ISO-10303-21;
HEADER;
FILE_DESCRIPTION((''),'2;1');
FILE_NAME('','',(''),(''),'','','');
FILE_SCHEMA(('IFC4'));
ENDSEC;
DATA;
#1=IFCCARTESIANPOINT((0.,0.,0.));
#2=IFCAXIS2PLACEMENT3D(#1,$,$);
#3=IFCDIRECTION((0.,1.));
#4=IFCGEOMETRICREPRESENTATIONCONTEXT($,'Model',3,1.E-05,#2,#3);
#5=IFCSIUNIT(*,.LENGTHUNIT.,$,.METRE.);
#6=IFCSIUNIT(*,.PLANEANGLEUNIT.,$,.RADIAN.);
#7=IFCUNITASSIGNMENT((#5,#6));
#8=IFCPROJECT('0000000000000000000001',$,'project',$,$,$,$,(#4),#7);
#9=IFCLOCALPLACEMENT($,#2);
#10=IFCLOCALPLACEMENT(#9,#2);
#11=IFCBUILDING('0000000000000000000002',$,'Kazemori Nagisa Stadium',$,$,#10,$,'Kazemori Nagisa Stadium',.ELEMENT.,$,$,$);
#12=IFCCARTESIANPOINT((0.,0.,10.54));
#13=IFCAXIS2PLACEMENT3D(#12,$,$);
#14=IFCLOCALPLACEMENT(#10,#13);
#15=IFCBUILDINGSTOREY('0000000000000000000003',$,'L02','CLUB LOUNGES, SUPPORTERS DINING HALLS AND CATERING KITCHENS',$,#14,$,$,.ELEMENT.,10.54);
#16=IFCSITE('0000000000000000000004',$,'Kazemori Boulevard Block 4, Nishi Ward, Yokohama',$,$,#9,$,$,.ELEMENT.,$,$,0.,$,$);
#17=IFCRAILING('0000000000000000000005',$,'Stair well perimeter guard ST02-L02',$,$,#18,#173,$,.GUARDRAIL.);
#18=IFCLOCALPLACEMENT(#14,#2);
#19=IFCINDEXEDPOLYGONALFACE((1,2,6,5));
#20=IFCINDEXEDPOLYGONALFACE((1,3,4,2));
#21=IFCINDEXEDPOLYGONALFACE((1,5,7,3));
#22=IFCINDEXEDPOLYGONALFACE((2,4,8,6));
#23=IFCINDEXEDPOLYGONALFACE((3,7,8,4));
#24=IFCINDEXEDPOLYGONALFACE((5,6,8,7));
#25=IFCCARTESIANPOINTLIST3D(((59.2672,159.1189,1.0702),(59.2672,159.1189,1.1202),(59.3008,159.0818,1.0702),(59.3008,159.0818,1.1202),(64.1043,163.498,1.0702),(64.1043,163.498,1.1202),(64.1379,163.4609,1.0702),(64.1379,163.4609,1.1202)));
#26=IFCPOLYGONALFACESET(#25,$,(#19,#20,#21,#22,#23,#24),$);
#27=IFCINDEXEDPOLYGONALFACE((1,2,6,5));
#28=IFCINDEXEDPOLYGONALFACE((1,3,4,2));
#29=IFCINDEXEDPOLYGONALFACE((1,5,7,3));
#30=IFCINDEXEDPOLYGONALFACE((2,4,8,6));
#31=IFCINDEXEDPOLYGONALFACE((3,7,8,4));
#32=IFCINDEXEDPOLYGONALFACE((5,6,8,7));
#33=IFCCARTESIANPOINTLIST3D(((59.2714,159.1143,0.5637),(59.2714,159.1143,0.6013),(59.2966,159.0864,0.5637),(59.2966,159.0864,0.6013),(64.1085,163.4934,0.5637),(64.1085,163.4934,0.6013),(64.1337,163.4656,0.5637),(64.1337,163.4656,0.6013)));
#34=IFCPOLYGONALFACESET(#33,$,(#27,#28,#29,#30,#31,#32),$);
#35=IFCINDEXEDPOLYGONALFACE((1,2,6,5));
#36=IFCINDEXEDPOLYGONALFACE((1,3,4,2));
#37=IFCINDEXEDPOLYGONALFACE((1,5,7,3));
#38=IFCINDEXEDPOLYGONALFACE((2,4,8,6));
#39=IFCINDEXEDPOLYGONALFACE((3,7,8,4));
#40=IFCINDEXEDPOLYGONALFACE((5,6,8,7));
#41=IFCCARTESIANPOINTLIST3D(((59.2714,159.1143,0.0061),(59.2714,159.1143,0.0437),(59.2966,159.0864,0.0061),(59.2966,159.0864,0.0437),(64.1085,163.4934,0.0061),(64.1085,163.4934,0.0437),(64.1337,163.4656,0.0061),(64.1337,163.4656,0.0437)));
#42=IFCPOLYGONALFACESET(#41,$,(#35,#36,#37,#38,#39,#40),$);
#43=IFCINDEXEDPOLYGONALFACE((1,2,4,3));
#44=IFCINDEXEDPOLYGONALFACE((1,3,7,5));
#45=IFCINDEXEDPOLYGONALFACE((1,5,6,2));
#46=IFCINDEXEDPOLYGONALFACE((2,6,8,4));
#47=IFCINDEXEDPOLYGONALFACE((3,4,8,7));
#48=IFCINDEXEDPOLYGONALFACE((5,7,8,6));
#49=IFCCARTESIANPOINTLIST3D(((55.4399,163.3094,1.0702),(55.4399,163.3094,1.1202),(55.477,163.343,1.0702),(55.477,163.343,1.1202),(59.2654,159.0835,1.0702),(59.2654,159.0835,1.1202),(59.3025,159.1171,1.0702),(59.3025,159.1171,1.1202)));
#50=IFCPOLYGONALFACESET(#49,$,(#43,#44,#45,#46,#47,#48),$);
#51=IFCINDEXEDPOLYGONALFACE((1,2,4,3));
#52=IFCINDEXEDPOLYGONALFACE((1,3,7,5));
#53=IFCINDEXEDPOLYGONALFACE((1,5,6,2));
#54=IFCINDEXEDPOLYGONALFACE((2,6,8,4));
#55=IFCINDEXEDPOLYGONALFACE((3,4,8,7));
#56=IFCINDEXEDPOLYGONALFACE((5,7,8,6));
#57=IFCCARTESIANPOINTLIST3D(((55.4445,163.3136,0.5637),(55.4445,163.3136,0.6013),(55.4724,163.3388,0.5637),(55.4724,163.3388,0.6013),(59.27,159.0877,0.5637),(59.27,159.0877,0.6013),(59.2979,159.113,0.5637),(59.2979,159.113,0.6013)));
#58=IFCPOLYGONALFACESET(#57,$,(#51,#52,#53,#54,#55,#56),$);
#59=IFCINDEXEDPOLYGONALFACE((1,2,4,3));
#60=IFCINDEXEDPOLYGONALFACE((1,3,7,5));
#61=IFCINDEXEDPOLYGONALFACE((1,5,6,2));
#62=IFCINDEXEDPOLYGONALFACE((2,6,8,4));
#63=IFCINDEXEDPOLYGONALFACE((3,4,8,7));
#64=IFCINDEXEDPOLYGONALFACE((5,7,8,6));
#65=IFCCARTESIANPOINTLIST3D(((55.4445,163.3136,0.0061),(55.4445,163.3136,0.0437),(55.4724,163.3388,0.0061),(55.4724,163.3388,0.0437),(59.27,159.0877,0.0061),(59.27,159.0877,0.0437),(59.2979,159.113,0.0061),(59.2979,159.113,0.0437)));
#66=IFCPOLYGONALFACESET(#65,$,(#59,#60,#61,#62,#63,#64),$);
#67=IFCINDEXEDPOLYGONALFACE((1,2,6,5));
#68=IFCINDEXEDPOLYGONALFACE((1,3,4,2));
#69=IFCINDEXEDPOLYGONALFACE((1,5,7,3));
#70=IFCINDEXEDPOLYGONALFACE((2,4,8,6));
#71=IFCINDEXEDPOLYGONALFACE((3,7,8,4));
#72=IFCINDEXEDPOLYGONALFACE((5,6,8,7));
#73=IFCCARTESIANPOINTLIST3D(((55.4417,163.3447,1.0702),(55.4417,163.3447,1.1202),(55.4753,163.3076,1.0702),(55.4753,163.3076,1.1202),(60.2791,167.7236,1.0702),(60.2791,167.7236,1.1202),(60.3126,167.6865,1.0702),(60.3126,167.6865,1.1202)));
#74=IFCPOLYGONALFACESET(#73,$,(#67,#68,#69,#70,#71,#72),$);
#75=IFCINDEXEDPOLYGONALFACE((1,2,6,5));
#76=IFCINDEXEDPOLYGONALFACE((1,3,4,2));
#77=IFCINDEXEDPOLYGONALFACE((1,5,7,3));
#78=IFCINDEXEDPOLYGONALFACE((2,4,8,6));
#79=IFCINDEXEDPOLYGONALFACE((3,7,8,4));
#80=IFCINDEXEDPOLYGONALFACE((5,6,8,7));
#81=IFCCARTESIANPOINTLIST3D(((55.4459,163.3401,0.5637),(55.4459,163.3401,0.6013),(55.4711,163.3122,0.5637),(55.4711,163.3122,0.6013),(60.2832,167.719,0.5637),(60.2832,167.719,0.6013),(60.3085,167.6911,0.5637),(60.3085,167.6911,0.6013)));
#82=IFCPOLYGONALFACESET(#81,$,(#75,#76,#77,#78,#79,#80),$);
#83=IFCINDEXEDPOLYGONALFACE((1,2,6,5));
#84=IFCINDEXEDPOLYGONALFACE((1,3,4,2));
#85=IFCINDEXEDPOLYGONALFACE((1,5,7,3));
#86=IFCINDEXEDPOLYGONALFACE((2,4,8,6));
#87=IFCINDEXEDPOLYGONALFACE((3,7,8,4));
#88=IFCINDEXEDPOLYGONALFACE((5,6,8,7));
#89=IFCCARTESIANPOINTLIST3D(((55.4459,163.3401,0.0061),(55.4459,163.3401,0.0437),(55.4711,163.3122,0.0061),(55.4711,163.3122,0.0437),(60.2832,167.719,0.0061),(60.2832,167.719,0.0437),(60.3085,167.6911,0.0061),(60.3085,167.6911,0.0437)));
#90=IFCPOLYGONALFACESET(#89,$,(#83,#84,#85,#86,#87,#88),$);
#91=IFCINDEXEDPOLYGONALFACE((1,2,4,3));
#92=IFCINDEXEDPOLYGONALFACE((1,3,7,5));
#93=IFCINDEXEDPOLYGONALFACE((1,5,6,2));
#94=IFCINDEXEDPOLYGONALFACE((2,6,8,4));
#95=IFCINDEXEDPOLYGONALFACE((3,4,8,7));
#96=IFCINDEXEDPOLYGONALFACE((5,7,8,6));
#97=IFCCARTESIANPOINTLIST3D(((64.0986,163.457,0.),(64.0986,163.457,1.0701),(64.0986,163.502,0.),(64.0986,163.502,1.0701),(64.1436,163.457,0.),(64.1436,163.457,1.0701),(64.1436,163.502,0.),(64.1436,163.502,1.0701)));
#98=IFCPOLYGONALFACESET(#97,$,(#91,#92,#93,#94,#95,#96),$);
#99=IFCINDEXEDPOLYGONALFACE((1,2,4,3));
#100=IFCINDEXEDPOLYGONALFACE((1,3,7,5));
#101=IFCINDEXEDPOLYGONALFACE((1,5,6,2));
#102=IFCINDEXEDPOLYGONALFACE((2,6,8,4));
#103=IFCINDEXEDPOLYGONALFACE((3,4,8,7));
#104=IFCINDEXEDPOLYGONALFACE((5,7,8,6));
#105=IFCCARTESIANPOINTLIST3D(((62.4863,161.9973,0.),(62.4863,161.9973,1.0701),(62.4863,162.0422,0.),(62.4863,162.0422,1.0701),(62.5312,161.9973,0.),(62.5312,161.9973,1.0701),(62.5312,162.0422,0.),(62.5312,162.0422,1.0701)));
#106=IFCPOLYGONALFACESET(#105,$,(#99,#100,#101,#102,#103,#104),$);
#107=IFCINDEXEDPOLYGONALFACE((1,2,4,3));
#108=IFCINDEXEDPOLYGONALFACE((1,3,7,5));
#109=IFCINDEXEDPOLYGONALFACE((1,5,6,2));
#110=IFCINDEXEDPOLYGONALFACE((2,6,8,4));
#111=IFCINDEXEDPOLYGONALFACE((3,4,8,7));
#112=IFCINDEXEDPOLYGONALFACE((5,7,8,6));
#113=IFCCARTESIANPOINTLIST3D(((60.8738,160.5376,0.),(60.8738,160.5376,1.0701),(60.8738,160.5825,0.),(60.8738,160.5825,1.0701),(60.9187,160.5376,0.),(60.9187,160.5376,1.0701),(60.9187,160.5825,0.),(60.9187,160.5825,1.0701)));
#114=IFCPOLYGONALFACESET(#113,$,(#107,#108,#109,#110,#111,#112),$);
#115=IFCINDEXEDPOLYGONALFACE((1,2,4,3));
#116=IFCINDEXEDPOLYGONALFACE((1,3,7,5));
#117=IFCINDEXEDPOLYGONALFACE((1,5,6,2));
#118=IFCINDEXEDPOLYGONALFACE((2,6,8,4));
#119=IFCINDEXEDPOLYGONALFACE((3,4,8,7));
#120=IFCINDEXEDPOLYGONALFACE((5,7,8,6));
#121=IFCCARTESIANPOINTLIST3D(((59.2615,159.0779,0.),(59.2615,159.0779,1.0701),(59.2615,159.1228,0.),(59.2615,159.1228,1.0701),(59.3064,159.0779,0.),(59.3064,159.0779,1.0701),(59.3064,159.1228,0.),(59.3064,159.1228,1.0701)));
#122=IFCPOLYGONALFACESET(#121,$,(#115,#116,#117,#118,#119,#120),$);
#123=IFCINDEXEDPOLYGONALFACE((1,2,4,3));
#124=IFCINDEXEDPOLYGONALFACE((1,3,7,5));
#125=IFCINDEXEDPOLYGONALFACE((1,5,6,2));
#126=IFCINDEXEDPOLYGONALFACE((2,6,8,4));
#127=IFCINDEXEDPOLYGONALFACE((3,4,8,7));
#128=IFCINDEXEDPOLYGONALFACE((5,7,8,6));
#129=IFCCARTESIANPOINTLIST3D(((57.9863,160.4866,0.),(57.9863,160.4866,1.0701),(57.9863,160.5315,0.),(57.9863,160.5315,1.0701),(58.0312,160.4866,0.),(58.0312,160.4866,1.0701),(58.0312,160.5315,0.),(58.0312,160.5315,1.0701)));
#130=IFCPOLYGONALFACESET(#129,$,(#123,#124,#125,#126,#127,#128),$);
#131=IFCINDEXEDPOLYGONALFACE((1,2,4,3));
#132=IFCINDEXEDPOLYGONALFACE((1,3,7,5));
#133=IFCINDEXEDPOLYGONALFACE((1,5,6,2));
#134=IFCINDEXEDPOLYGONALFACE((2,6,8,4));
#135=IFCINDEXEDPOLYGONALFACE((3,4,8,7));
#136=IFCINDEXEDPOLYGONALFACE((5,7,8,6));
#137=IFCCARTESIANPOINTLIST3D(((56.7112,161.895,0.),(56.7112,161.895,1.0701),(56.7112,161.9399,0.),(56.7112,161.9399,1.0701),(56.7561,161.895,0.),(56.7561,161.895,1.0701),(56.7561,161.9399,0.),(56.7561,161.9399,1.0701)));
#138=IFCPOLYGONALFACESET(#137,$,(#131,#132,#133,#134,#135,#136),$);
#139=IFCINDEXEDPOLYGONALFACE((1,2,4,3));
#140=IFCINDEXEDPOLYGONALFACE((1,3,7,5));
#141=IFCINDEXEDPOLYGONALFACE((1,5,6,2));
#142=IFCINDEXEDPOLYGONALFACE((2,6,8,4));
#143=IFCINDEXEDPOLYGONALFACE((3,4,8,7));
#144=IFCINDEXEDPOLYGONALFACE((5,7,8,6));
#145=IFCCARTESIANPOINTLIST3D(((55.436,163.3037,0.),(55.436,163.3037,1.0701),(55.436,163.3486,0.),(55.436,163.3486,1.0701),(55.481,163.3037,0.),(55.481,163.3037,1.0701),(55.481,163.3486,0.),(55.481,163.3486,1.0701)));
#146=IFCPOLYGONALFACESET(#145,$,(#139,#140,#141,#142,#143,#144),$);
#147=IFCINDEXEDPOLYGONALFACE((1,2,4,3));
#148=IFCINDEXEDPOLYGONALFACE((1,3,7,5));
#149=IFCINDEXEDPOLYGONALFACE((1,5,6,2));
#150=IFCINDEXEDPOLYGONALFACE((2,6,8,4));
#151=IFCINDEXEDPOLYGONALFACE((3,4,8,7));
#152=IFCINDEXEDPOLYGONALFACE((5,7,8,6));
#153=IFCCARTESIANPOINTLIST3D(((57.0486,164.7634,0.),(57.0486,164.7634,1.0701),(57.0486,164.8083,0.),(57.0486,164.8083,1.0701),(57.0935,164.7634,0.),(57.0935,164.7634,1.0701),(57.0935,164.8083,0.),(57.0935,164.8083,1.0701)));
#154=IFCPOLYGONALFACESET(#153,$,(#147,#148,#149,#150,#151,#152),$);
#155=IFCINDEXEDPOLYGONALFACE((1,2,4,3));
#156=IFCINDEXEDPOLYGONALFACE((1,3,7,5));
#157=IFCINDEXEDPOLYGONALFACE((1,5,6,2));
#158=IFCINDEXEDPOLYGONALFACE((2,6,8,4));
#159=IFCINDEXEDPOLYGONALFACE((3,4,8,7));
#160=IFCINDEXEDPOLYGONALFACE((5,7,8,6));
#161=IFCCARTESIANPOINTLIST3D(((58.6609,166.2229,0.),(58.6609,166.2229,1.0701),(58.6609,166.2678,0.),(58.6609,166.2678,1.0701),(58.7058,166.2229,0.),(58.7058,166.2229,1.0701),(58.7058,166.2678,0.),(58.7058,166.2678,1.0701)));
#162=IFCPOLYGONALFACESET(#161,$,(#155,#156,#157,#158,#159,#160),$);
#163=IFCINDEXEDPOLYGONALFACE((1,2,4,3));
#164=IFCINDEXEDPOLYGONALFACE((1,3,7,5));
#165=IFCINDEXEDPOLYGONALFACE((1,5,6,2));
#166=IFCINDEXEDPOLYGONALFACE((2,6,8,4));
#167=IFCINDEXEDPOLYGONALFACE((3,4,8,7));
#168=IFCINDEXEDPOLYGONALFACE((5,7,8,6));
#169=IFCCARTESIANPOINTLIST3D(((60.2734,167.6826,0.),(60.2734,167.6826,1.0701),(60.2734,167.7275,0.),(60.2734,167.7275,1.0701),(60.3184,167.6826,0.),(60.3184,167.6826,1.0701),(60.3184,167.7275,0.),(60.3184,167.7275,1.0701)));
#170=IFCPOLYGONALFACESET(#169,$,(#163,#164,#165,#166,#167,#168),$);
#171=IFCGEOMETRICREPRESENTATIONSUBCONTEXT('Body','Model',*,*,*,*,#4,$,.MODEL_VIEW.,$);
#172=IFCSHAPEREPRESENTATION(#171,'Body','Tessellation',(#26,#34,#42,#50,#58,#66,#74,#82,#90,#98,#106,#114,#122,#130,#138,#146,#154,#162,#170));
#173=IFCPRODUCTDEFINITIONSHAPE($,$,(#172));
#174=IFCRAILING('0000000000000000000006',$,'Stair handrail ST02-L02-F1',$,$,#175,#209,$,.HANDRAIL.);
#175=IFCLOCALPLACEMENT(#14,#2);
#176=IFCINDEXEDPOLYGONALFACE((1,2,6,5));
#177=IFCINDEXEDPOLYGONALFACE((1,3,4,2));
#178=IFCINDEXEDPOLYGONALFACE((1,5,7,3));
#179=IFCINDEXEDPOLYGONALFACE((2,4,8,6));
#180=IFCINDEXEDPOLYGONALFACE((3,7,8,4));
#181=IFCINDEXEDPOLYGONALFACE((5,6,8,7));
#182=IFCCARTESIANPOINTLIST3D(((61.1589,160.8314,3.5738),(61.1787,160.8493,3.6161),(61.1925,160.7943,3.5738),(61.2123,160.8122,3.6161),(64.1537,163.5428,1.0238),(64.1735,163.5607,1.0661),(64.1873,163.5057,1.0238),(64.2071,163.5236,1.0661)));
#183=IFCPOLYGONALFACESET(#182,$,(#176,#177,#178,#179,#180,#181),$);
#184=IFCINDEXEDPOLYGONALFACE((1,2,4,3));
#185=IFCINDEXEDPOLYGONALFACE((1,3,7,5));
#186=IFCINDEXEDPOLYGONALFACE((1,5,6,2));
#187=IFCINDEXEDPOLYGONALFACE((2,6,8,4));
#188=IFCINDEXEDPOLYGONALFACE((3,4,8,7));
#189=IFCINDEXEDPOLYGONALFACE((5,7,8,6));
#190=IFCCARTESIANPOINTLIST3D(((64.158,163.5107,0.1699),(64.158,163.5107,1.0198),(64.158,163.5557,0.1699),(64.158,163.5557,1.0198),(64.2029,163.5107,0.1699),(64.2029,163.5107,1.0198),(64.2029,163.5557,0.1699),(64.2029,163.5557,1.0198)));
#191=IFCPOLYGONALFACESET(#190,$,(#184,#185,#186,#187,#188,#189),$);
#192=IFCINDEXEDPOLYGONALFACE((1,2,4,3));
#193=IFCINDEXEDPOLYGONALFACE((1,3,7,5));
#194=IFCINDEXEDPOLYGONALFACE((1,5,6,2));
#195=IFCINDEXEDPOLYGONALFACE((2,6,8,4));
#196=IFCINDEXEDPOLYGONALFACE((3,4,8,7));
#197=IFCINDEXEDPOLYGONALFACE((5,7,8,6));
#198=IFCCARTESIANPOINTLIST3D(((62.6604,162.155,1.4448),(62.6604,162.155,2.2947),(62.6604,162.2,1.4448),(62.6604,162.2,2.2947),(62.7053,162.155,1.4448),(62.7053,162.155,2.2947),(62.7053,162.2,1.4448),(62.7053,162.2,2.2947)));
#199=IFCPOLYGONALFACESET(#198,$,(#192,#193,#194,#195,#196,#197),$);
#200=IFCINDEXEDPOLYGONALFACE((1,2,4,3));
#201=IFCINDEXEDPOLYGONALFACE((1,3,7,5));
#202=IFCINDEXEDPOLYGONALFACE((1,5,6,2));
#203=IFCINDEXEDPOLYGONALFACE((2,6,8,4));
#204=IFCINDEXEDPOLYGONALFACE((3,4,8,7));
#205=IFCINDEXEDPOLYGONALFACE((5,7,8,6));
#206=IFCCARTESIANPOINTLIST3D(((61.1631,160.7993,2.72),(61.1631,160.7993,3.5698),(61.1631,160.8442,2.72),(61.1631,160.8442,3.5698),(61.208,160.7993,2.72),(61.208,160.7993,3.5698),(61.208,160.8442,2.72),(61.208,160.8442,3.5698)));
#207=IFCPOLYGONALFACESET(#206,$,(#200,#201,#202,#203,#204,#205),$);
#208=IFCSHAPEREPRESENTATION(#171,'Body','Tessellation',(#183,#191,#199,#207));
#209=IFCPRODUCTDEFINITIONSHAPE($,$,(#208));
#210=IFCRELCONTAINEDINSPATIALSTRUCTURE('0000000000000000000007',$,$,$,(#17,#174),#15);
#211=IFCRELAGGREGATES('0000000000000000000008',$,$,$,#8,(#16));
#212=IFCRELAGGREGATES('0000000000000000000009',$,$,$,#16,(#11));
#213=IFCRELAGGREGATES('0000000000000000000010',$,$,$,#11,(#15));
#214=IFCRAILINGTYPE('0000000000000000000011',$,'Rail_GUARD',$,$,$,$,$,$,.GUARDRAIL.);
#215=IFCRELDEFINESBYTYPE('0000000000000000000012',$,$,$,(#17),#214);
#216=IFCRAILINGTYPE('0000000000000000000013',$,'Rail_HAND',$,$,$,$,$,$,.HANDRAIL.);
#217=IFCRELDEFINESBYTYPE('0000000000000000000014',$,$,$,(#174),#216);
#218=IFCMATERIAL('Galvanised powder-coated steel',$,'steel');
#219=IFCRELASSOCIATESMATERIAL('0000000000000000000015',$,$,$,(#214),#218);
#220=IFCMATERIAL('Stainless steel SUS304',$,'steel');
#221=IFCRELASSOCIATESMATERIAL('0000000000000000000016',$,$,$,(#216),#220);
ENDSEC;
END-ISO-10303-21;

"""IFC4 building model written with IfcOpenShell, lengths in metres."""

from ifc_helpers import new_model, si_unit, direction, frame, origin, origin_2d, place, context, subcontext, project, spatial, rectangle, extrude, material, type_object, element, save


model = new_model("IFC4")

# Units and contexts
model_context = context("Model", 3, precision=1e-05, world=origin(), true_north=direction((0.0, 1.0)))
body_context = subcontext(model_context, "Body", "Model", "MODEL_VIEW")
ifc_project = project(units=[si_unit("LENGTHUNIT", "METRE"), si_unit("PLANEANGLEUNIT", "RADIAN")], contexts=[model_context])

# Site, building, storey
site_placement = place(None, origin())
site = spatial("IfcSite", under=ifc_project, at=site_placement, Name="Kazemori Boulevard Block 4, Nishi Ward, Yokohama", CompositionType="ELEMENT", RefElevation=0.0)
building_placement = place(site_placement, origin())
building = spatial("IfcBuilding", under=site, at=building_placement, Name="Kazemori Nagisa Stadium", LongName="Kazemori Nagisa Stadium", CompositionType="ELEMENT")
storey_placement = place(building_placement, frame((0.0, 0.0, 10.54)))
storey = spatial("IfcBuildingStorey", under=building, at=storey_placement, Name="L02", Description="CLUB LOUNGES, SUPPORTERS DINING HALLS AND CATERING KITCHENS", CompositionType="ELEMENT", Elevation=10.54)

# Railings
ifc_material_1 = material(Name="Galvanised powder-coated steel", Category="steel")
railing_type_1 = type_object("IfcRailingType", Name="Rail_GUARD", PredefinedType="GUARDRAIL", material=ifc_material_1)
railing_1_placement = place(storey_placement, frame((64.1211, 163.4795, 0.0)))
element("IfcRailing", 1, at=railing_1_placement, inside=storey, type_object=railing_type_1, Name="Stair well perimeter guard ST02-L02", PredefinedType="GUARDRAIL", context=body_context, shape_type="SweptSolid", body=[
    extrude(rectangle(XDim=0.05, YDim=0.05, at=origin_2d()), frame((0.0, 0.0, 1.0952), z_axis=(-0.741332, -0.671139, 0.0), x_axis=(0.671139, -0.741332, 0.0)), (0.0, 0.0, 1.0), 6.5249),
    extrude(rectangle(XDim=0.0376, YDim=0.0376, at=origin_2d()), frame((0.0, 0.0, 0.5825), z_axis=(-0.741332, -0.671139, 0.0), x_axis=(0.671139, -0.741332, 0.0)), (0.0, 0.0, 1.0), 6.5249),
    extrude(rectangle(XDim=0.0376, YDim=0.0376, at=origin_2d()), frame((0.0, 0.0, 0.0249), z_axis=(-0.741332, -0.671139, 0.0), x_axis=(0.671139, -0.741332, 0.0)), (0.0, 0.0, 1.0), 6.5249),
    extrude(rectangle(XDim=0.05, YDim=0.05, at=origin_2d()), frame((-4.8372, -4.3792, 1.0952), z_axis=(-0.671113, 0.741355, 0.0), x_axis=(-0.741355, -0.671113, 0.0)), (0.0, 0.0, 1.0), 5.7002),
    extrude(rectangle(XDim=0.0376, YDim=0.0376, at=origin_2d()), frame((-4.8372, -4.3792, 0.5825), z_axis=(-0.671113, 0.741355, 0.0), x_axis=(-0.741355, -0.671113, 0.0)), (0.0, 0.0, 1.0), 5.7002),
    extrude(rectangle(XDim=0.0376, YDim=0.0376, at=origin_2d()), frame((-4.8372, -4.3792, 0.0249), z_axis=(-0.671113, 0.741355, 0.0), x_axis=(-0.741355, -0.671113, 0.0)), (0.0, 0.0, 1.0), 5.7002),
    extrude(rectangle(XDim=0.05, YDim=0.05, at=origin_2d()), frame((-8.6626, -0.1533, 1.0952), z_axis=(0.741367, 0.671099, 0.0), x_axis=(-0.671099, 0.741367, 0.0)), (0.0, 0.0, 1.0), 6.5249),
    extrude(rectangle(XDim=0.0376, YDim=0.0376, at=origin_2d()), frame((-8.6626, -0.1533, 0.5825), z_axis=(0.741367, 0.671099, 0.0), x_axis=(-0.671099, 0.741367, 0.0)), (0.0, 0.0, 1.0), 6.5249),
    extrude(rectangle(XDim=0.0376, YDim=0.0376, at=origin_2d()), frame((-8.6626, -0.1533, 0.0249), z_axis=(0.741367, 0.671099, 0.0), x_axis=(-0.671099, 0.741367, 0.0)), (0.0, 0.0, 1.0), 6.5249),
    extrude(rectangle(XDim=0.0449, YDim=0.0449, at=origin_2d()), origin(), (0.0, 0.0, 1.0), 1.0701),
    extrude(rectangle(XDim=0.0449, YDim=0.0449, at=origin_2d()), frame((-1.6123, -1.4597, 0.0)), (0.0, 0.0, 1.0), 1.0701),
    extrude(rectangle(XDim=0.0449, YDim=0.0449, at=origin_2d()), frame((-3.2249, -2.9194, 0.0)), (0.0, 0.0, 1.0), 1.0701),
    extrude(rectangle(XDim=0.0449, YDim=0.0449, at=origin_2d()), frame((-4.8372, -4.3792, 0.0)), (0.0, 0.0, 1.0), 1.0701),
    extrude(rectangle(XDim=0.0449, YDim=0.0449, at=origin_2d()), frame((-6.1123, -2.9705, 0.0)), (0.0, 0.0, 1.0), 1.0701),
    extrude(rectangle(XDim=0.0449, YDim=0.0449, at=origin_2d()), frame((-7.3875, -1.562, 0.0)), (0.0, 0.0, 1.0), 1.0701),
    extrude(rectangle(XDim=0.0449, YDim=0.0449, at=origin_2d()), frame((-8.6626, -0.1533, 0.0)), (0.0, 0.0, 1.0), 1.0701),
    extrude(rectangle(XDim=0.0449, YDim=0.0449, at=origin_2d()), frame((-7.05, 1.3064, 0.0)), (0.0, 0.0, 1.0), 1.0701),
    extrude(rectangle(XDim=0.0449, YDim=0.0449, at=origin_2d()), frame((-5.4377, 2.7659, 0.0)), (0.0, 0.0, 1.0), 1.0701),
    extrude(rectangle(XDim=0.0449, YDim=0.0449, at=origin_2d()), frame((-3.8252, 4.2256, 0.0)), (0.0, 0.0, 1.0), 1.0701),
])
ifc_material_2 = material(Name="Stainless steel SUS304", Category="steel")
railing_type_2 = type_object("IfcRailingType", Name="Rail_HAND", PredefinedType="HANDRAIL", material=ifc_material_2)
railing_2_placement = place(storey_placement, frame((64.1804, 163.5332, 0.1699)))
element("IfcRailing", 2, at=railing_2_placement, inside=storey, type_object=railing_type_2, Name="Stair handrail ST02-L02-F1", PredefinedType="HANDRAIL", context=body_context, shape_type="SweptSolid", body=[
    extrude(rectangle(XDim=0.05, YDim=0.05, at=origin_2d()), frame((0.0, 0.0, 0.875), z_axis=(-0.626879, -0.567549, 0.53377), x_axis=(0.671155, -0.741317, 0.0)), (0.0, 0.0, 1.0), 4.7773),
    extrude(rectangle(XDim=0.0449, YDim=0.0449, at=origin_2d()), origin(), (0.0, 0.0, 1.0), 0.8499),
    extrude(rectangle(XDim=0.0449, YDim=0.0449, at=origin_2d()), frame((-1.4976, -1.3557, 1.2749)), (0.0, 0.0, 1.0), 0.8499),
    extrude(rectangle(XDim=0.0449, YDim=0.0449, at=origin_2d()), frame((-2.9949, -2.7114, 2.55)), (0.0, 0.0, 1.0), 0.8499),
])

save(model, "model.ifc")
